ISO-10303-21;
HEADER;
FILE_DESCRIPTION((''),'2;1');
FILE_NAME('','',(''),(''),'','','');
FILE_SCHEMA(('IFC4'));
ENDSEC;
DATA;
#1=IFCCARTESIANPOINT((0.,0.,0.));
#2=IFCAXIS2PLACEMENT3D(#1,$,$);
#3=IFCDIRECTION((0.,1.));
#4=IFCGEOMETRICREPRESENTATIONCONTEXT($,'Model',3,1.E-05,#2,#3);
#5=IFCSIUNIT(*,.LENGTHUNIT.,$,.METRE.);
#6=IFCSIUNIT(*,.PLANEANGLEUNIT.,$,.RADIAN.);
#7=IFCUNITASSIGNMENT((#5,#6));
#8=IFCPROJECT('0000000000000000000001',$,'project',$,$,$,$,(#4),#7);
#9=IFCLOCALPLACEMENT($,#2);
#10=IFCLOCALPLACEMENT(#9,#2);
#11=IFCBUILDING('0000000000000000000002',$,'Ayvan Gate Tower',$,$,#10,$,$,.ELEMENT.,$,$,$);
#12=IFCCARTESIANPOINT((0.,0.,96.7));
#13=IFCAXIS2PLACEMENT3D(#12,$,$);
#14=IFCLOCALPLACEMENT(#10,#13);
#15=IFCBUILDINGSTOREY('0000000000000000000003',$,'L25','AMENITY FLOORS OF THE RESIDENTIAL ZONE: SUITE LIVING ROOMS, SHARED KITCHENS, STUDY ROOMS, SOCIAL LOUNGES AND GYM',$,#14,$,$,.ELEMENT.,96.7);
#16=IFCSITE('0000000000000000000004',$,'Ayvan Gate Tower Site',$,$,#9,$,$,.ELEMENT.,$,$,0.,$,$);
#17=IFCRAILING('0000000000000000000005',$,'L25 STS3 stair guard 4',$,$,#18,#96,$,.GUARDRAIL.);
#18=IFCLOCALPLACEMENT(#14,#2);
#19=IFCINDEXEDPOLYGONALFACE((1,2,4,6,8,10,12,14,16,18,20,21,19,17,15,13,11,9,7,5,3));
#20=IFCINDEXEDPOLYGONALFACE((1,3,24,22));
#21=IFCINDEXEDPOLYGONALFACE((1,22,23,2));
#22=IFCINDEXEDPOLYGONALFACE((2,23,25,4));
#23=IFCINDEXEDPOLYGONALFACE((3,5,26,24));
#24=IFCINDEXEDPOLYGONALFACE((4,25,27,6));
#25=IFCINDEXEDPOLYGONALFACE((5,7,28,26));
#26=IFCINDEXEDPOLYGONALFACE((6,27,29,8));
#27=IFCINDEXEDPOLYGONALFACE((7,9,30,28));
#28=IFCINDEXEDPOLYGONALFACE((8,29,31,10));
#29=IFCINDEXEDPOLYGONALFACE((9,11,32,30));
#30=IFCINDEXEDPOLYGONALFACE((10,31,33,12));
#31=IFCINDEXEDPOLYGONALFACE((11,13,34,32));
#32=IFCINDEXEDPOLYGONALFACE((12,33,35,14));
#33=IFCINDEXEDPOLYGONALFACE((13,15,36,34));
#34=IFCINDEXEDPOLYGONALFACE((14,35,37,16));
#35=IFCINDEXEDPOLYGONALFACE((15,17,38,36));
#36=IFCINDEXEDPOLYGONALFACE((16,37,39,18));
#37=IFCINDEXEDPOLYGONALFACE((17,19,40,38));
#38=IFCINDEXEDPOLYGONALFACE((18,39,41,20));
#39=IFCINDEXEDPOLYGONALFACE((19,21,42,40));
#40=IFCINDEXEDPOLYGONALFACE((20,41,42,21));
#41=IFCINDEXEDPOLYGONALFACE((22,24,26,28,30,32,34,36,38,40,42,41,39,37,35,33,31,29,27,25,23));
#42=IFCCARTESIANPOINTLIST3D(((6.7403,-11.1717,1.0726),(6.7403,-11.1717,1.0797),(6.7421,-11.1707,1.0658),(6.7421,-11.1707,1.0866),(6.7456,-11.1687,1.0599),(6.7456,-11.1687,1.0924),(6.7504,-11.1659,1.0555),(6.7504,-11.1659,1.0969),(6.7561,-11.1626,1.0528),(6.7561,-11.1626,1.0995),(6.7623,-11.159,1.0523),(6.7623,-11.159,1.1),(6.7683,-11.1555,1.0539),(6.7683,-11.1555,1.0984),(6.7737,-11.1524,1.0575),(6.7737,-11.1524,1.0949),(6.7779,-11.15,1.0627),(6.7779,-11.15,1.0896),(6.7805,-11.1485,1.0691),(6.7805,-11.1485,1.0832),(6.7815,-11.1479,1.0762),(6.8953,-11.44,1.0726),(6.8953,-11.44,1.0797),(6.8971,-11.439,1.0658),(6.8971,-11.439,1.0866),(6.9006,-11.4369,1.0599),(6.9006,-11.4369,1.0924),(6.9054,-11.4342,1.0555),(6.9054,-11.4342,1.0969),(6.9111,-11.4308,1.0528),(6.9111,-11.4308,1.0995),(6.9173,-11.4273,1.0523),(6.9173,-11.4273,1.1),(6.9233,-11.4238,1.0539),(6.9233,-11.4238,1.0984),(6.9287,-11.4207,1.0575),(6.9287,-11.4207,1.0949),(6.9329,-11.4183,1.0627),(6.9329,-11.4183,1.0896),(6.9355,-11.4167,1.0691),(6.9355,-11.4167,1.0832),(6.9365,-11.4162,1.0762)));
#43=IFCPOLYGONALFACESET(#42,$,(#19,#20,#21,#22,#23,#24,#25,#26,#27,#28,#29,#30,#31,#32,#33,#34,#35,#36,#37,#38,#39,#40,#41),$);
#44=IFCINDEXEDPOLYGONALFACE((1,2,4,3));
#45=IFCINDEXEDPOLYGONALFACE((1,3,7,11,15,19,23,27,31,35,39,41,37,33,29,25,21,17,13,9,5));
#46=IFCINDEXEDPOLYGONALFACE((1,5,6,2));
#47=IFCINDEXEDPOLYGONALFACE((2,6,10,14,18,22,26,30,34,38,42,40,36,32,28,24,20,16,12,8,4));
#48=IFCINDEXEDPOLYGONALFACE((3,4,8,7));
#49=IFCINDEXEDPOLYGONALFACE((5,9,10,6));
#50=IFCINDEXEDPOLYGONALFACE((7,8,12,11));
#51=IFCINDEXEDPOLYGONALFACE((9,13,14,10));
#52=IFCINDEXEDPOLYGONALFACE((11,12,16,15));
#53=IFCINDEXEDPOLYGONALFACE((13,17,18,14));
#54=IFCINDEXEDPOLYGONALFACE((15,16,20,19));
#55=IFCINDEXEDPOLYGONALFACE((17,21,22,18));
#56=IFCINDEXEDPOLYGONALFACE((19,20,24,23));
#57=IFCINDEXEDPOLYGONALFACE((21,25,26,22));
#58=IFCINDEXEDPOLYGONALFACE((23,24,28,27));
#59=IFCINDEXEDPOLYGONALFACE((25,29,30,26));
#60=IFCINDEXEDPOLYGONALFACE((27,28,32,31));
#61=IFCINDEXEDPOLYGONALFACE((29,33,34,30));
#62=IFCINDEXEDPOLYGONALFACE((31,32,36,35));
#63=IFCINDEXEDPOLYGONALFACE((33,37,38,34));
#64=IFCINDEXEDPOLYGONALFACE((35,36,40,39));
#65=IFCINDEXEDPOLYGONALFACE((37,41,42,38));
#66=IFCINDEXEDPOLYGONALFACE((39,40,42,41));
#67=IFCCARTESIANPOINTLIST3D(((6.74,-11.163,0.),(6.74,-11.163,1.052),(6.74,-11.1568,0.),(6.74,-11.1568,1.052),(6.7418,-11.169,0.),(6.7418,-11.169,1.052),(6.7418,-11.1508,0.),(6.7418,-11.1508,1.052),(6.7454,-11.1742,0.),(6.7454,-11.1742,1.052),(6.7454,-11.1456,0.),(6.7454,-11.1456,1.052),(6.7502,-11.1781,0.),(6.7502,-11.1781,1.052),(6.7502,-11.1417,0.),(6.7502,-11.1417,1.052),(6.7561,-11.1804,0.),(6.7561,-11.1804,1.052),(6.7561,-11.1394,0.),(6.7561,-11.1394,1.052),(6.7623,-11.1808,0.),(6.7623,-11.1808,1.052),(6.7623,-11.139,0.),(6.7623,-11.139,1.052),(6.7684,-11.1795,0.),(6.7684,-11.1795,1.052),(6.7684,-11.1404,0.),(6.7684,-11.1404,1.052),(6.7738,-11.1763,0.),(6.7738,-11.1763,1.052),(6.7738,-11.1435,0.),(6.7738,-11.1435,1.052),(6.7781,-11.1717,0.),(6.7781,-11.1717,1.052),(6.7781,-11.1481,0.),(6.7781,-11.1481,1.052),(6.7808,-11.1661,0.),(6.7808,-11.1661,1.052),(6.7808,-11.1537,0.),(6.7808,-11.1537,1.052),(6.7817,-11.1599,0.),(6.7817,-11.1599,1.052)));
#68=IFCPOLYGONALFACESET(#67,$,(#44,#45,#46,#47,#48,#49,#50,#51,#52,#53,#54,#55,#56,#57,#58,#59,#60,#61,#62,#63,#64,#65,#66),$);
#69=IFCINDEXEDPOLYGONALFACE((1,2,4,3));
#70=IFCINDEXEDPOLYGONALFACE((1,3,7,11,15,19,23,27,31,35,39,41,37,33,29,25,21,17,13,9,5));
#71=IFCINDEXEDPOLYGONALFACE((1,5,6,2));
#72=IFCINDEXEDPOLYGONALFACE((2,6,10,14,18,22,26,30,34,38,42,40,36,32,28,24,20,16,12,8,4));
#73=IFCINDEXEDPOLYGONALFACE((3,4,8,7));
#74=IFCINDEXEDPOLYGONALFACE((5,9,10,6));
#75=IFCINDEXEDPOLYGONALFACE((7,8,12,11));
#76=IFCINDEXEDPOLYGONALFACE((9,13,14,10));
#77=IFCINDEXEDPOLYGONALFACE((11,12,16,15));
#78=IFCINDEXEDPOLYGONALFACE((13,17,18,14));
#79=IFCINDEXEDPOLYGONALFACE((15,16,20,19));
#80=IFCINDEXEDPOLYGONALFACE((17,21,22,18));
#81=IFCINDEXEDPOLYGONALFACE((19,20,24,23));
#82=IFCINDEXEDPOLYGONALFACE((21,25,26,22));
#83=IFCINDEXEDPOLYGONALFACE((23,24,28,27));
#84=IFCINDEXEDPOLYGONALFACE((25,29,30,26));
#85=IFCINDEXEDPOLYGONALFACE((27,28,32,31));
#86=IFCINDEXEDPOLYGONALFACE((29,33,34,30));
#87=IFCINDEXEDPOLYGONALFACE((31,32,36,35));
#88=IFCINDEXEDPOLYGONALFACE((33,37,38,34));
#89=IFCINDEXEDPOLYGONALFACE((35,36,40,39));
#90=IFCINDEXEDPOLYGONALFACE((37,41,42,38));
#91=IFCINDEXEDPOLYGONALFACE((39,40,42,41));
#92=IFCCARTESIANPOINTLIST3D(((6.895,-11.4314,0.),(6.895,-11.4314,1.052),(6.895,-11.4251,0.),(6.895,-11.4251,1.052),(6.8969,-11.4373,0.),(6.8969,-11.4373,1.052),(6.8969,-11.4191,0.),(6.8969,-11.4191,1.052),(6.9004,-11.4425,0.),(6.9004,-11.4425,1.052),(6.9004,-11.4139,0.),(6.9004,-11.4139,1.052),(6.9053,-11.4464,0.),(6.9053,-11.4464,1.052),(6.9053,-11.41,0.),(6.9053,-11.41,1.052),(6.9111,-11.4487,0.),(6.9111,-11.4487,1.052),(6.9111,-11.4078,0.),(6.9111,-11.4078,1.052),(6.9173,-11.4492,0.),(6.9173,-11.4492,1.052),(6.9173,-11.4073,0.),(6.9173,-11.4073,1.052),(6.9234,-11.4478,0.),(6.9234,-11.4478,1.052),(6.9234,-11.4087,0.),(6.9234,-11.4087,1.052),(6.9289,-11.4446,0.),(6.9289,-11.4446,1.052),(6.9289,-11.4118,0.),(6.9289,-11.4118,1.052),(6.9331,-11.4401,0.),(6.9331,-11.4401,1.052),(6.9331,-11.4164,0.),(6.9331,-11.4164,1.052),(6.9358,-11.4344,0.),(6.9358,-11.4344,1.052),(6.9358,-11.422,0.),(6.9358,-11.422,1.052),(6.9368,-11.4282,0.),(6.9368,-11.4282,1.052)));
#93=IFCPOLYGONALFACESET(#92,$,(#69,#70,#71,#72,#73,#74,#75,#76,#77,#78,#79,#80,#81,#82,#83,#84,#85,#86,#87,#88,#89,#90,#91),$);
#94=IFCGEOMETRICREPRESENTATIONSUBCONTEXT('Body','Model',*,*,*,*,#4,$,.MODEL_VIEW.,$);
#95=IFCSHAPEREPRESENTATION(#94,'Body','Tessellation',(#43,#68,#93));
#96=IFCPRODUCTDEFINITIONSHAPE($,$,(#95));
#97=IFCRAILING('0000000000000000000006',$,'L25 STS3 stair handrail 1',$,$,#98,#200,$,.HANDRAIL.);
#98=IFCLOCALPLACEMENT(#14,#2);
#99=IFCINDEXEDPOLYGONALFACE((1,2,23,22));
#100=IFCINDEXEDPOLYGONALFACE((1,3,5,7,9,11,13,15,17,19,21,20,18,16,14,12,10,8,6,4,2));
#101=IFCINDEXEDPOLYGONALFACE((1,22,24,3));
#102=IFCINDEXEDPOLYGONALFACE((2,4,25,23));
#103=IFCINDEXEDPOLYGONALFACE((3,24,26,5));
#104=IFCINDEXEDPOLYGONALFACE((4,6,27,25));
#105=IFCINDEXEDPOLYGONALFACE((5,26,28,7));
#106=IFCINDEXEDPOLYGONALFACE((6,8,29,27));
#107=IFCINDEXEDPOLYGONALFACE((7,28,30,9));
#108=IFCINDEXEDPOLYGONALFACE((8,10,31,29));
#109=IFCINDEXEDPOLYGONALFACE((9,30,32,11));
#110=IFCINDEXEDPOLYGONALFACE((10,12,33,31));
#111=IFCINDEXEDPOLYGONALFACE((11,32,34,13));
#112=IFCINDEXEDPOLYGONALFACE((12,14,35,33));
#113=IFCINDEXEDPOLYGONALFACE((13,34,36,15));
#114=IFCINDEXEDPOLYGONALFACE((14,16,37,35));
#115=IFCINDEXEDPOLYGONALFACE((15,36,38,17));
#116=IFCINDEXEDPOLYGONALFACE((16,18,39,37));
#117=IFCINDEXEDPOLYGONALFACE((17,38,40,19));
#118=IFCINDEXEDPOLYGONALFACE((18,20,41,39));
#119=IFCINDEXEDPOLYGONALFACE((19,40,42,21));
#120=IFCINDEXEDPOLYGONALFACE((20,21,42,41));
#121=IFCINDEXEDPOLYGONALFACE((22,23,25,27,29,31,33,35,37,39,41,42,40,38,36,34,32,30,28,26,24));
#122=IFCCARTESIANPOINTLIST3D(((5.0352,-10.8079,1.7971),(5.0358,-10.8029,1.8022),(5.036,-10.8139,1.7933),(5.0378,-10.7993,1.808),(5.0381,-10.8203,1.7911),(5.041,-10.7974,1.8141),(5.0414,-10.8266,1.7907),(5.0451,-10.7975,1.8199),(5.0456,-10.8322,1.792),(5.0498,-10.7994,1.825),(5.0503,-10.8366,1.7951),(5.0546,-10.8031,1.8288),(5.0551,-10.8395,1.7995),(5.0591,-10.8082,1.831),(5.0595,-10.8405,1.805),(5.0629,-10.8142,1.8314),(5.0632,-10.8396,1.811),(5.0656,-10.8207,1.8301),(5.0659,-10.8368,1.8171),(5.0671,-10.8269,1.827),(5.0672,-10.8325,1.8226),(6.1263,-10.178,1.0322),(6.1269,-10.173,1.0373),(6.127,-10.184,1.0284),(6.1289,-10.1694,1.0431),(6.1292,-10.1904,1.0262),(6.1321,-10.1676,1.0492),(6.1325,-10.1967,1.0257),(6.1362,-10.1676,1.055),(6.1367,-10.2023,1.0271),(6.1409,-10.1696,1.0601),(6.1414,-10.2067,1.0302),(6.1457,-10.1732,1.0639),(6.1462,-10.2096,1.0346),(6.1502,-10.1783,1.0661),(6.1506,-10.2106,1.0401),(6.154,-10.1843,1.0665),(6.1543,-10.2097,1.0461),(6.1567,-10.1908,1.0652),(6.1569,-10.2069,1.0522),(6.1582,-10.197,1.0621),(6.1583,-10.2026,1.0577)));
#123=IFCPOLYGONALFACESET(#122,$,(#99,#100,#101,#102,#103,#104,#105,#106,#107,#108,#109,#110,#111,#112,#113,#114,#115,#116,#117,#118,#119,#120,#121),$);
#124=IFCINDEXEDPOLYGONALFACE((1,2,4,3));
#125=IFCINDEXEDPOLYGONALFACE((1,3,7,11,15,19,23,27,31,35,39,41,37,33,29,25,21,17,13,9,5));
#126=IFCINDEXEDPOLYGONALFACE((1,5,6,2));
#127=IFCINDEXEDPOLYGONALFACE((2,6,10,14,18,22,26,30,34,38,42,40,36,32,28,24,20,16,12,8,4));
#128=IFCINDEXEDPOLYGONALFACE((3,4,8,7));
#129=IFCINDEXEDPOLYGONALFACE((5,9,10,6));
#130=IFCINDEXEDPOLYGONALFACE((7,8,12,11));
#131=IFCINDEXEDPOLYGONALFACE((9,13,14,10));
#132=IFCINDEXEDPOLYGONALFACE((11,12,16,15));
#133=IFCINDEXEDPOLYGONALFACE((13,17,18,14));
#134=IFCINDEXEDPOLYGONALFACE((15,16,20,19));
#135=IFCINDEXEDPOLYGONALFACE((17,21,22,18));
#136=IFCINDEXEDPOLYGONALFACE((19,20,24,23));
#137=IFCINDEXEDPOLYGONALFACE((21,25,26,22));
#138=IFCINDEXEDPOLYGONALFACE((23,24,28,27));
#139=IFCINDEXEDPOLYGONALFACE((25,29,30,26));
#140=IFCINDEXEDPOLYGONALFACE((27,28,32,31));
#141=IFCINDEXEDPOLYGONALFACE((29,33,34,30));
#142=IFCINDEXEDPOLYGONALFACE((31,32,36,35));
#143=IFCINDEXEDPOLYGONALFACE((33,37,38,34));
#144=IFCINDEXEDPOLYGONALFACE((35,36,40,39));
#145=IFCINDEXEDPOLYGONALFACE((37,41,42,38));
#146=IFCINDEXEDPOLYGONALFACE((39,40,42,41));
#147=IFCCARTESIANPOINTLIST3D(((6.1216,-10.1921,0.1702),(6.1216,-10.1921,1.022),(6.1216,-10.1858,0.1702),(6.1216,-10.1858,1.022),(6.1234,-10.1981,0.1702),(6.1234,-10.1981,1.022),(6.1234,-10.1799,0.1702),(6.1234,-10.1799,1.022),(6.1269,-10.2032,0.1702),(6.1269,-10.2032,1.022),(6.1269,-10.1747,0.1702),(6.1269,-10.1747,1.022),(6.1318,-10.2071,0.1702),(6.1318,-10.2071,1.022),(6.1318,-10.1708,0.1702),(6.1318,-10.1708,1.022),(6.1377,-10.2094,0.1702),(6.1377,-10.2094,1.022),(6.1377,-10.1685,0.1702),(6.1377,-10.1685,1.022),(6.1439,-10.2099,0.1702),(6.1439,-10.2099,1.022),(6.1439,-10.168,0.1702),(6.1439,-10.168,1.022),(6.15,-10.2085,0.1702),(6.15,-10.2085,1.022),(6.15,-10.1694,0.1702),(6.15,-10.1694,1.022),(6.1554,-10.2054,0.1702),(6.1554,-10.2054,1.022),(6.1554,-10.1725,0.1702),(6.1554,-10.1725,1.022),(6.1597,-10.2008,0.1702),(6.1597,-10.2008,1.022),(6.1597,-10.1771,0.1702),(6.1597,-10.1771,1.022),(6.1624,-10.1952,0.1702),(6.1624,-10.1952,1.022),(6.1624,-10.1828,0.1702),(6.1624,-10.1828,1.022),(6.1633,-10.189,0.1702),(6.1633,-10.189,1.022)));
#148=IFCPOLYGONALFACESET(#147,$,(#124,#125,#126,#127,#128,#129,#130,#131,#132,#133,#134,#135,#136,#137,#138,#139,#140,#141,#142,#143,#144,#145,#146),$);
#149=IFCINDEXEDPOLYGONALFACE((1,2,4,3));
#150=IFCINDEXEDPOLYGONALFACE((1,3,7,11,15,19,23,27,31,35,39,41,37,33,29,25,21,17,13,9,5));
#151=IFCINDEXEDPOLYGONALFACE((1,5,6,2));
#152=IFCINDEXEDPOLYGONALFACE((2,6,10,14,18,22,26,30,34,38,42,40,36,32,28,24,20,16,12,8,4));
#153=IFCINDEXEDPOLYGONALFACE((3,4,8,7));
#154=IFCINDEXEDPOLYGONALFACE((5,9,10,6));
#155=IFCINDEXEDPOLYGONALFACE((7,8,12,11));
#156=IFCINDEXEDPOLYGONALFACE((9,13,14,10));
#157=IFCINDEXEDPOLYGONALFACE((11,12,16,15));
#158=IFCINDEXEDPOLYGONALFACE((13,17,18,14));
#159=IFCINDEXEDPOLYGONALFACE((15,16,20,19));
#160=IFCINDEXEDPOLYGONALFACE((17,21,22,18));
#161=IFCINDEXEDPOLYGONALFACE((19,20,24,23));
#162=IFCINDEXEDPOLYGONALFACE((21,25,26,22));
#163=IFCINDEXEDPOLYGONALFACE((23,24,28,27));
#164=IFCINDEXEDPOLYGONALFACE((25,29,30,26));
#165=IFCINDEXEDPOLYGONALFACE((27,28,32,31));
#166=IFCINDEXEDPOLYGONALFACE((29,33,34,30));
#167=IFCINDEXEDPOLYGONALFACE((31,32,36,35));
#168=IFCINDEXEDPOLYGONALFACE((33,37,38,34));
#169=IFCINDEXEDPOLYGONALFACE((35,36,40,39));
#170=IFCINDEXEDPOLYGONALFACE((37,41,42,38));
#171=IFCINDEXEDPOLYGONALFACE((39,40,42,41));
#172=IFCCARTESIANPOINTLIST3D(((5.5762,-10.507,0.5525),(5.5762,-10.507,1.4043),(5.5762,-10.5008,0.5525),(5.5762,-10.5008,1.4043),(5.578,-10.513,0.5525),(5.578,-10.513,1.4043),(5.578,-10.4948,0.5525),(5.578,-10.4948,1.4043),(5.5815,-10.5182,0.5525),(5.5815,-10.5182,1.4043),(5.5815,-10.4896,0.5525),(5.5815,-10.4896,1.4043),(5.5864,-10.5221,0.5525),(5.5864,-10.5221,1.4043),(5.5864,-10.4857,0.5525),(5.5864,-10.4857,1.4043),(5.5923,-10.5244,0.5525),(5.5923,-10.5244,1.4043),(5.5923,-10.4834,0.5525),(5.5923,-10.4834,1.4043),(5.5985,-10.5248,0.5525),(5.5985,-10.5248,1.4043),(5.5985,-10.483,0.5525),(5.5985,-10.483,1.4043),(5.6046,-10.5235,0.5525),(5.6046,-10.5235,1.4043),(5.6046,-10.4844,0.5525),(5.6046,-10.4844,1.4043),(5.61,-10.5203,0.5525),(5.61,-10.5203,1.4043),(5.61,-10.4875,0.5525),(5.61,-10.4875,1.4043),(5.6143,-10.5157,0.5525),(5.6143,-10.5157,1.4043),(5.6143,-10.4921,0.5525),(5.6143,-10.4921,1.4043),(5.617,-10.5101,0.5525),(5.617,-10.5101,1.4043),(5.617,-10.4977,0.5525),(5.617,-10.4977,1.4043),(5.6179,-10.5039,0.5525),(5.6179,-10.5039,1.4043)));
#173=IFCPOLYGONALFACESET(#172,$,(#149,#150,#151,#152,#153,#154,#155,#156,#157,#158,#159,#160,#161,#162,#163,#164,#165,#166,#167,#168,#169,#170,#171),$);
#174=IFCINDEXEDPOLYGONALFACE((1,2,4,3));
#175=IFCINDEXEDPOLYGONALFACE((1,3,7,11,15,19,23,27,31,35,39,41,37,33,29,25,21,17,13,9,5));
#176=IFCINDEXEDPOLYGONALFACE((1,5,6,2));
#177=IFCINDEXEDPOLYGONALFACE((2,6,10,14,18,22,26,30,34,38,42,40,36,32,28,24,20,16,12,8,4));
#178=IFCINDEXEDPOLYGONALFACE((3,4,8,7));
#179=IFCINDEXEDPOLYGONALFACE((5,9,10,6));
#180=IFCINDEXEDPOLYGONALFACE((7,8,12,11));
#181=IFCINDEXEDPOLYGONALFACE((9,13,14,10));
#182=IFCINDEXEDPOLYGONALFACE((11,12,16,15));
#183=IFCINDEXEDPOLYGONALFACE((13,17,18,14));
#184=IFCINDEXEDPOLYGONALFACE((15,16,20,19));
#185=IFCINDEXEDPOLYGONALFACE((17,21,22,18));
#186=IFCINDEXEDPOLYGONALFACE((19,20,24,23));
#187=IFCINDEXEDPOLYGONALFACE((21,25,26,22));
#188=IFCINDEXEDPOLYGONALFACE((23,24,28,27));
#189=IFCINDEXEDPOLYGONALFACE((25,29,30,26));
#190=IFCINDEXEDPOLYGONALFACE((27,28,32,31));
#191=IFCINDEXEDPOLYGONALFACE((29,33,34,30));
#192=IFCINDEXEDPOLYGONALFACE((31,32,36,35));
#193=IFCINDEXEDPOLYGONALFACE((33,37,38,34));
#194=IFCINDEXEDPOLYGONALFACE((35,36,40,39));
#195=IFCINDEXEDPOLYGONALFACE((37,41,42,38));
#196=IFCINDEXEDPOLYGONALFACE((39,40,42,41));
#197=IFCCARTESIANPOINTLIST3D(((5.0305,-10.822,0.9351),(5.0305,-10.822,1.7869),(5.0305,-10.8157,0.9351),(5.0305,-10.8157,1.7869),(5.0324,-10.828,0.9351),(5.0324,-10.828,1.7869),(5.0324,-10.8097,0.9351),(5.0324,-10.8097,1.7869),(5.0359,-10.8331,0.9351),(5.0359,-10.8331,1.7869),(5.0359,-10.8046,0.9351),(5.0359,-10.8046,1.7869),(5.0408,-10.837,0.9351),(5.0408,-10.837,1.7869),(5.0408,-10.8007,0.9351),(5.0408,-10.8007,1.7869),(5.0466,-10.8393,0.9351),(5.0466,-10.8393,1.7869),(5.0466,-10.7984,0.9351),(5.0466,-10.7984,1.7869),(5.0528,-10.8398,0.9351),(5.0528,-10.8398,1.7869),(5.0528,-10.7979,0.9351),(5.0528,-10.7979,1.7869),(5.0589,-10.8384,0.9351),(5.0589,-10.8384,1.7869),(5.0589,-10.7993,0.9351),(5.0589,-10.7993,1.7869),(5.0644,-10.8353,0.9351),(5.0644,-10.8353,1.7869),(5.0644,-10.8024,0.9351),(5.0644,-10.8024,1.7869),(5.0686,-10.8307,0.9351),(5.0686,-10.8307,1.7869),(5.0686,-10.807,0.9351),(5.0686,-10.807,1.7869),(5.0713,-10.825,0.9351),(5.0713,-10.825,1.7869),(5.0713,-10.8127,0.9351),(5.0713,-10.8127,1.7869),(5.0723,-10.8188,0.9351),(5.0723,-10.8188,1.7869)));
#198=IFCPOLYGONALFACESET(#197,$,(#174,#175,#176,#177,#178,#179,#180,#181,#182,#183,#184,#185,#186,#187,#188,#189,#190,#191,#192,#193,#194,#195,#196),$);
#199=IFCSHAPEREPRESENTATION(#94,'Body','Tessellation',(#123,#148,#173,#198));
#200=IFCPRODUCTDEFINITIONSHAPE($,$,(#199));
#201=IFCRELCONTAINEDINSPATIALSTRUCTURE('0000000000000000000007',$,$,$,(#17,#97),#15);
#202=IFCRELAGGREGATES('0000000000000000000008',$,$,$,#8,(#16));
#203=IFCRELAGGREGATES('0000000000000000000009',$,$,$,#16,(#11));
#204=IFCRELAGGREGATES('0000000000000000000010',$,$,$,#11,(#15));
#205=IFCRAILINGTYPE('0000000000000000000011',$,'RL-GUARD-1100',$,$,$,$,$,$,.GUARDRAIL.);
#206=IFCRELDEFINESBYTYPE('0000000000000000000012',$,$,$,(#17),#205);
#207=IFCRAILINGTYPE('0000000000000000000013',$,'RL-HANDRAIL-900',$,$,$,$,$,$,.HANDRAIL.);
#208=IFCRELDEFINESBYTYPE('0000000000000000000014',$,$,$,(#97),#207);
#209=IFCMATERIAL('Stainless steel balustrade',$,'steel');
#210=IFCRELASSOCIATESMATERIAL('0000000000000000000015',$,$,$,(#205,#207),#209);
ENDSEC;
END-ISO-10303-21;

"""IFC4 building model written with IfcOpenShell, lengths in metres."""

from ifc_helpers import new_model, si_unit, direction, frame, origin, origin_2d, place, context, subcontext, project, spatial, circle, extrude, material, type_object, element, save


model = new_model("IFC4")

# Units and contexts
model_context = context("Model", 3, precision=1e-05, world=origin(), true_north=direction((0.0, 1.0)))
body_context = subcontext(model_context, "Body", "Model", "MODEL_VIEW")
ifc_project = project(units=[si_unit("LENGTHUNIT", "METRE"), si_unit("PLANEANGLEUNIT", "RADIAN")], contexts=[model_context])

# Site, building, storey
site_placement = place(None, origin())
site = spatial("IfcSite", under=ifc_project, at=site_placement, Name="Ayvan Gate Tower Site", CompositionType="ELEMENT", RefElevation=0.0)
building_placement = place(site_placement, origin())
building = spatial("IfcBuilding", under=site, at=building_placement, Name="Ayvan Gate Tower", CompositionType="ELEMENT")
storey_placement = place(building_placement, frame((0.0, 0.0, 96.7)))
storey = spatial("IfcBuildingStorey", under=building, at=storey_placement, Name="L25", Description="AMENITY FLOORS OF THE RESIDENTIAL ZONE: SUITE LIVING ROOMS, SHARED KITCHENS, STUDY ROOMS, SOCIAL LOUNGES AND GYM", CompositionType="ELEMENT", Elevation=96.7)

# Railings
ifc_material_1 = material(Name="Stainless steel balustrade", Category="steel")
railing_type_1 = type_object("IfcRailingType", Name="RL-GUARD-1100", PredefinedType="GUARDRAIL", material=ifc_material_1)
railing_1_placement = place(storey_placement, frame((6.7607, -11.1599, 0.0)))
element("IfcRailing", 1, at=railing_1_placement, inside=storey, type_object=railing_type_1, Name="L25 STS3 stair guard 4", PredefinedType="GUARDRAIL", context=body_context, shape_type="SweptSolid", body=[
    extrude(circle(Radius=0.0239, at=origin_2d()), frame((0.0, 0.0, 1.0762), z_axis=(0.500291, -0.865857, 0.0), x_axis=(0.865857, 0.500291, 0.0)), (0.0, 0.0, 1.0), 0.3098),
    extrude(circle(Radius=0.021, at=origin_2d()), origin(), (0.0, 0.0, 1.0), 1.052),
    extrude(circle(Radius=0.021, at=origin_2d()), frame((0.155, -0.2683, 0.0)), (0.0, 0.0, 1.0), 1.052),
])
railing_type_2 = type_object("IfcRailingType", Name="RL-HANDRAIL-900", PredefinedType="HANDRAIL", material=ifc_material_1)
railing_2_placement = place(storey_placement, frame((6.1423, -10.189, 0.1702)))
element("IfcRailing", 2, at=railing_2_placement, inside=storey, type_object=railing_type_2, Name="L25 STS3 stair handrail 1", PredefinedType="HANDRAIL", context=body_context, shape_type="SweptSolid", body=[
    extrude(circle(Radius=0.0239, at=origin_2d()), frame((0.0, 0.0, 0.876), z_axis=(-0.740282, -0.427372, 0.518976), x_axis=(0.499974, -0.86604, 0.0)), (0.0, 0.0, 1.0), 1.4739),
    extrude(circle(Radius=0.021, at=origin_2d()), origin(), (0.0, 0.0, 1.0), 0.8518),
    extrude(circle(Radius=0.021, at=origin_2d()), frame((-0.5454, -0.3149, 0.3823)), (0.0, 0.0, 1.0), 0.8518),
    extrude(circle(Radius=0.021, at=origin_2d()), frame((-1.0911, -0.6299, 0.7649)), (0.0, 0.0, 1.0), 0.8518),
])

save(model, "model.ifc")
